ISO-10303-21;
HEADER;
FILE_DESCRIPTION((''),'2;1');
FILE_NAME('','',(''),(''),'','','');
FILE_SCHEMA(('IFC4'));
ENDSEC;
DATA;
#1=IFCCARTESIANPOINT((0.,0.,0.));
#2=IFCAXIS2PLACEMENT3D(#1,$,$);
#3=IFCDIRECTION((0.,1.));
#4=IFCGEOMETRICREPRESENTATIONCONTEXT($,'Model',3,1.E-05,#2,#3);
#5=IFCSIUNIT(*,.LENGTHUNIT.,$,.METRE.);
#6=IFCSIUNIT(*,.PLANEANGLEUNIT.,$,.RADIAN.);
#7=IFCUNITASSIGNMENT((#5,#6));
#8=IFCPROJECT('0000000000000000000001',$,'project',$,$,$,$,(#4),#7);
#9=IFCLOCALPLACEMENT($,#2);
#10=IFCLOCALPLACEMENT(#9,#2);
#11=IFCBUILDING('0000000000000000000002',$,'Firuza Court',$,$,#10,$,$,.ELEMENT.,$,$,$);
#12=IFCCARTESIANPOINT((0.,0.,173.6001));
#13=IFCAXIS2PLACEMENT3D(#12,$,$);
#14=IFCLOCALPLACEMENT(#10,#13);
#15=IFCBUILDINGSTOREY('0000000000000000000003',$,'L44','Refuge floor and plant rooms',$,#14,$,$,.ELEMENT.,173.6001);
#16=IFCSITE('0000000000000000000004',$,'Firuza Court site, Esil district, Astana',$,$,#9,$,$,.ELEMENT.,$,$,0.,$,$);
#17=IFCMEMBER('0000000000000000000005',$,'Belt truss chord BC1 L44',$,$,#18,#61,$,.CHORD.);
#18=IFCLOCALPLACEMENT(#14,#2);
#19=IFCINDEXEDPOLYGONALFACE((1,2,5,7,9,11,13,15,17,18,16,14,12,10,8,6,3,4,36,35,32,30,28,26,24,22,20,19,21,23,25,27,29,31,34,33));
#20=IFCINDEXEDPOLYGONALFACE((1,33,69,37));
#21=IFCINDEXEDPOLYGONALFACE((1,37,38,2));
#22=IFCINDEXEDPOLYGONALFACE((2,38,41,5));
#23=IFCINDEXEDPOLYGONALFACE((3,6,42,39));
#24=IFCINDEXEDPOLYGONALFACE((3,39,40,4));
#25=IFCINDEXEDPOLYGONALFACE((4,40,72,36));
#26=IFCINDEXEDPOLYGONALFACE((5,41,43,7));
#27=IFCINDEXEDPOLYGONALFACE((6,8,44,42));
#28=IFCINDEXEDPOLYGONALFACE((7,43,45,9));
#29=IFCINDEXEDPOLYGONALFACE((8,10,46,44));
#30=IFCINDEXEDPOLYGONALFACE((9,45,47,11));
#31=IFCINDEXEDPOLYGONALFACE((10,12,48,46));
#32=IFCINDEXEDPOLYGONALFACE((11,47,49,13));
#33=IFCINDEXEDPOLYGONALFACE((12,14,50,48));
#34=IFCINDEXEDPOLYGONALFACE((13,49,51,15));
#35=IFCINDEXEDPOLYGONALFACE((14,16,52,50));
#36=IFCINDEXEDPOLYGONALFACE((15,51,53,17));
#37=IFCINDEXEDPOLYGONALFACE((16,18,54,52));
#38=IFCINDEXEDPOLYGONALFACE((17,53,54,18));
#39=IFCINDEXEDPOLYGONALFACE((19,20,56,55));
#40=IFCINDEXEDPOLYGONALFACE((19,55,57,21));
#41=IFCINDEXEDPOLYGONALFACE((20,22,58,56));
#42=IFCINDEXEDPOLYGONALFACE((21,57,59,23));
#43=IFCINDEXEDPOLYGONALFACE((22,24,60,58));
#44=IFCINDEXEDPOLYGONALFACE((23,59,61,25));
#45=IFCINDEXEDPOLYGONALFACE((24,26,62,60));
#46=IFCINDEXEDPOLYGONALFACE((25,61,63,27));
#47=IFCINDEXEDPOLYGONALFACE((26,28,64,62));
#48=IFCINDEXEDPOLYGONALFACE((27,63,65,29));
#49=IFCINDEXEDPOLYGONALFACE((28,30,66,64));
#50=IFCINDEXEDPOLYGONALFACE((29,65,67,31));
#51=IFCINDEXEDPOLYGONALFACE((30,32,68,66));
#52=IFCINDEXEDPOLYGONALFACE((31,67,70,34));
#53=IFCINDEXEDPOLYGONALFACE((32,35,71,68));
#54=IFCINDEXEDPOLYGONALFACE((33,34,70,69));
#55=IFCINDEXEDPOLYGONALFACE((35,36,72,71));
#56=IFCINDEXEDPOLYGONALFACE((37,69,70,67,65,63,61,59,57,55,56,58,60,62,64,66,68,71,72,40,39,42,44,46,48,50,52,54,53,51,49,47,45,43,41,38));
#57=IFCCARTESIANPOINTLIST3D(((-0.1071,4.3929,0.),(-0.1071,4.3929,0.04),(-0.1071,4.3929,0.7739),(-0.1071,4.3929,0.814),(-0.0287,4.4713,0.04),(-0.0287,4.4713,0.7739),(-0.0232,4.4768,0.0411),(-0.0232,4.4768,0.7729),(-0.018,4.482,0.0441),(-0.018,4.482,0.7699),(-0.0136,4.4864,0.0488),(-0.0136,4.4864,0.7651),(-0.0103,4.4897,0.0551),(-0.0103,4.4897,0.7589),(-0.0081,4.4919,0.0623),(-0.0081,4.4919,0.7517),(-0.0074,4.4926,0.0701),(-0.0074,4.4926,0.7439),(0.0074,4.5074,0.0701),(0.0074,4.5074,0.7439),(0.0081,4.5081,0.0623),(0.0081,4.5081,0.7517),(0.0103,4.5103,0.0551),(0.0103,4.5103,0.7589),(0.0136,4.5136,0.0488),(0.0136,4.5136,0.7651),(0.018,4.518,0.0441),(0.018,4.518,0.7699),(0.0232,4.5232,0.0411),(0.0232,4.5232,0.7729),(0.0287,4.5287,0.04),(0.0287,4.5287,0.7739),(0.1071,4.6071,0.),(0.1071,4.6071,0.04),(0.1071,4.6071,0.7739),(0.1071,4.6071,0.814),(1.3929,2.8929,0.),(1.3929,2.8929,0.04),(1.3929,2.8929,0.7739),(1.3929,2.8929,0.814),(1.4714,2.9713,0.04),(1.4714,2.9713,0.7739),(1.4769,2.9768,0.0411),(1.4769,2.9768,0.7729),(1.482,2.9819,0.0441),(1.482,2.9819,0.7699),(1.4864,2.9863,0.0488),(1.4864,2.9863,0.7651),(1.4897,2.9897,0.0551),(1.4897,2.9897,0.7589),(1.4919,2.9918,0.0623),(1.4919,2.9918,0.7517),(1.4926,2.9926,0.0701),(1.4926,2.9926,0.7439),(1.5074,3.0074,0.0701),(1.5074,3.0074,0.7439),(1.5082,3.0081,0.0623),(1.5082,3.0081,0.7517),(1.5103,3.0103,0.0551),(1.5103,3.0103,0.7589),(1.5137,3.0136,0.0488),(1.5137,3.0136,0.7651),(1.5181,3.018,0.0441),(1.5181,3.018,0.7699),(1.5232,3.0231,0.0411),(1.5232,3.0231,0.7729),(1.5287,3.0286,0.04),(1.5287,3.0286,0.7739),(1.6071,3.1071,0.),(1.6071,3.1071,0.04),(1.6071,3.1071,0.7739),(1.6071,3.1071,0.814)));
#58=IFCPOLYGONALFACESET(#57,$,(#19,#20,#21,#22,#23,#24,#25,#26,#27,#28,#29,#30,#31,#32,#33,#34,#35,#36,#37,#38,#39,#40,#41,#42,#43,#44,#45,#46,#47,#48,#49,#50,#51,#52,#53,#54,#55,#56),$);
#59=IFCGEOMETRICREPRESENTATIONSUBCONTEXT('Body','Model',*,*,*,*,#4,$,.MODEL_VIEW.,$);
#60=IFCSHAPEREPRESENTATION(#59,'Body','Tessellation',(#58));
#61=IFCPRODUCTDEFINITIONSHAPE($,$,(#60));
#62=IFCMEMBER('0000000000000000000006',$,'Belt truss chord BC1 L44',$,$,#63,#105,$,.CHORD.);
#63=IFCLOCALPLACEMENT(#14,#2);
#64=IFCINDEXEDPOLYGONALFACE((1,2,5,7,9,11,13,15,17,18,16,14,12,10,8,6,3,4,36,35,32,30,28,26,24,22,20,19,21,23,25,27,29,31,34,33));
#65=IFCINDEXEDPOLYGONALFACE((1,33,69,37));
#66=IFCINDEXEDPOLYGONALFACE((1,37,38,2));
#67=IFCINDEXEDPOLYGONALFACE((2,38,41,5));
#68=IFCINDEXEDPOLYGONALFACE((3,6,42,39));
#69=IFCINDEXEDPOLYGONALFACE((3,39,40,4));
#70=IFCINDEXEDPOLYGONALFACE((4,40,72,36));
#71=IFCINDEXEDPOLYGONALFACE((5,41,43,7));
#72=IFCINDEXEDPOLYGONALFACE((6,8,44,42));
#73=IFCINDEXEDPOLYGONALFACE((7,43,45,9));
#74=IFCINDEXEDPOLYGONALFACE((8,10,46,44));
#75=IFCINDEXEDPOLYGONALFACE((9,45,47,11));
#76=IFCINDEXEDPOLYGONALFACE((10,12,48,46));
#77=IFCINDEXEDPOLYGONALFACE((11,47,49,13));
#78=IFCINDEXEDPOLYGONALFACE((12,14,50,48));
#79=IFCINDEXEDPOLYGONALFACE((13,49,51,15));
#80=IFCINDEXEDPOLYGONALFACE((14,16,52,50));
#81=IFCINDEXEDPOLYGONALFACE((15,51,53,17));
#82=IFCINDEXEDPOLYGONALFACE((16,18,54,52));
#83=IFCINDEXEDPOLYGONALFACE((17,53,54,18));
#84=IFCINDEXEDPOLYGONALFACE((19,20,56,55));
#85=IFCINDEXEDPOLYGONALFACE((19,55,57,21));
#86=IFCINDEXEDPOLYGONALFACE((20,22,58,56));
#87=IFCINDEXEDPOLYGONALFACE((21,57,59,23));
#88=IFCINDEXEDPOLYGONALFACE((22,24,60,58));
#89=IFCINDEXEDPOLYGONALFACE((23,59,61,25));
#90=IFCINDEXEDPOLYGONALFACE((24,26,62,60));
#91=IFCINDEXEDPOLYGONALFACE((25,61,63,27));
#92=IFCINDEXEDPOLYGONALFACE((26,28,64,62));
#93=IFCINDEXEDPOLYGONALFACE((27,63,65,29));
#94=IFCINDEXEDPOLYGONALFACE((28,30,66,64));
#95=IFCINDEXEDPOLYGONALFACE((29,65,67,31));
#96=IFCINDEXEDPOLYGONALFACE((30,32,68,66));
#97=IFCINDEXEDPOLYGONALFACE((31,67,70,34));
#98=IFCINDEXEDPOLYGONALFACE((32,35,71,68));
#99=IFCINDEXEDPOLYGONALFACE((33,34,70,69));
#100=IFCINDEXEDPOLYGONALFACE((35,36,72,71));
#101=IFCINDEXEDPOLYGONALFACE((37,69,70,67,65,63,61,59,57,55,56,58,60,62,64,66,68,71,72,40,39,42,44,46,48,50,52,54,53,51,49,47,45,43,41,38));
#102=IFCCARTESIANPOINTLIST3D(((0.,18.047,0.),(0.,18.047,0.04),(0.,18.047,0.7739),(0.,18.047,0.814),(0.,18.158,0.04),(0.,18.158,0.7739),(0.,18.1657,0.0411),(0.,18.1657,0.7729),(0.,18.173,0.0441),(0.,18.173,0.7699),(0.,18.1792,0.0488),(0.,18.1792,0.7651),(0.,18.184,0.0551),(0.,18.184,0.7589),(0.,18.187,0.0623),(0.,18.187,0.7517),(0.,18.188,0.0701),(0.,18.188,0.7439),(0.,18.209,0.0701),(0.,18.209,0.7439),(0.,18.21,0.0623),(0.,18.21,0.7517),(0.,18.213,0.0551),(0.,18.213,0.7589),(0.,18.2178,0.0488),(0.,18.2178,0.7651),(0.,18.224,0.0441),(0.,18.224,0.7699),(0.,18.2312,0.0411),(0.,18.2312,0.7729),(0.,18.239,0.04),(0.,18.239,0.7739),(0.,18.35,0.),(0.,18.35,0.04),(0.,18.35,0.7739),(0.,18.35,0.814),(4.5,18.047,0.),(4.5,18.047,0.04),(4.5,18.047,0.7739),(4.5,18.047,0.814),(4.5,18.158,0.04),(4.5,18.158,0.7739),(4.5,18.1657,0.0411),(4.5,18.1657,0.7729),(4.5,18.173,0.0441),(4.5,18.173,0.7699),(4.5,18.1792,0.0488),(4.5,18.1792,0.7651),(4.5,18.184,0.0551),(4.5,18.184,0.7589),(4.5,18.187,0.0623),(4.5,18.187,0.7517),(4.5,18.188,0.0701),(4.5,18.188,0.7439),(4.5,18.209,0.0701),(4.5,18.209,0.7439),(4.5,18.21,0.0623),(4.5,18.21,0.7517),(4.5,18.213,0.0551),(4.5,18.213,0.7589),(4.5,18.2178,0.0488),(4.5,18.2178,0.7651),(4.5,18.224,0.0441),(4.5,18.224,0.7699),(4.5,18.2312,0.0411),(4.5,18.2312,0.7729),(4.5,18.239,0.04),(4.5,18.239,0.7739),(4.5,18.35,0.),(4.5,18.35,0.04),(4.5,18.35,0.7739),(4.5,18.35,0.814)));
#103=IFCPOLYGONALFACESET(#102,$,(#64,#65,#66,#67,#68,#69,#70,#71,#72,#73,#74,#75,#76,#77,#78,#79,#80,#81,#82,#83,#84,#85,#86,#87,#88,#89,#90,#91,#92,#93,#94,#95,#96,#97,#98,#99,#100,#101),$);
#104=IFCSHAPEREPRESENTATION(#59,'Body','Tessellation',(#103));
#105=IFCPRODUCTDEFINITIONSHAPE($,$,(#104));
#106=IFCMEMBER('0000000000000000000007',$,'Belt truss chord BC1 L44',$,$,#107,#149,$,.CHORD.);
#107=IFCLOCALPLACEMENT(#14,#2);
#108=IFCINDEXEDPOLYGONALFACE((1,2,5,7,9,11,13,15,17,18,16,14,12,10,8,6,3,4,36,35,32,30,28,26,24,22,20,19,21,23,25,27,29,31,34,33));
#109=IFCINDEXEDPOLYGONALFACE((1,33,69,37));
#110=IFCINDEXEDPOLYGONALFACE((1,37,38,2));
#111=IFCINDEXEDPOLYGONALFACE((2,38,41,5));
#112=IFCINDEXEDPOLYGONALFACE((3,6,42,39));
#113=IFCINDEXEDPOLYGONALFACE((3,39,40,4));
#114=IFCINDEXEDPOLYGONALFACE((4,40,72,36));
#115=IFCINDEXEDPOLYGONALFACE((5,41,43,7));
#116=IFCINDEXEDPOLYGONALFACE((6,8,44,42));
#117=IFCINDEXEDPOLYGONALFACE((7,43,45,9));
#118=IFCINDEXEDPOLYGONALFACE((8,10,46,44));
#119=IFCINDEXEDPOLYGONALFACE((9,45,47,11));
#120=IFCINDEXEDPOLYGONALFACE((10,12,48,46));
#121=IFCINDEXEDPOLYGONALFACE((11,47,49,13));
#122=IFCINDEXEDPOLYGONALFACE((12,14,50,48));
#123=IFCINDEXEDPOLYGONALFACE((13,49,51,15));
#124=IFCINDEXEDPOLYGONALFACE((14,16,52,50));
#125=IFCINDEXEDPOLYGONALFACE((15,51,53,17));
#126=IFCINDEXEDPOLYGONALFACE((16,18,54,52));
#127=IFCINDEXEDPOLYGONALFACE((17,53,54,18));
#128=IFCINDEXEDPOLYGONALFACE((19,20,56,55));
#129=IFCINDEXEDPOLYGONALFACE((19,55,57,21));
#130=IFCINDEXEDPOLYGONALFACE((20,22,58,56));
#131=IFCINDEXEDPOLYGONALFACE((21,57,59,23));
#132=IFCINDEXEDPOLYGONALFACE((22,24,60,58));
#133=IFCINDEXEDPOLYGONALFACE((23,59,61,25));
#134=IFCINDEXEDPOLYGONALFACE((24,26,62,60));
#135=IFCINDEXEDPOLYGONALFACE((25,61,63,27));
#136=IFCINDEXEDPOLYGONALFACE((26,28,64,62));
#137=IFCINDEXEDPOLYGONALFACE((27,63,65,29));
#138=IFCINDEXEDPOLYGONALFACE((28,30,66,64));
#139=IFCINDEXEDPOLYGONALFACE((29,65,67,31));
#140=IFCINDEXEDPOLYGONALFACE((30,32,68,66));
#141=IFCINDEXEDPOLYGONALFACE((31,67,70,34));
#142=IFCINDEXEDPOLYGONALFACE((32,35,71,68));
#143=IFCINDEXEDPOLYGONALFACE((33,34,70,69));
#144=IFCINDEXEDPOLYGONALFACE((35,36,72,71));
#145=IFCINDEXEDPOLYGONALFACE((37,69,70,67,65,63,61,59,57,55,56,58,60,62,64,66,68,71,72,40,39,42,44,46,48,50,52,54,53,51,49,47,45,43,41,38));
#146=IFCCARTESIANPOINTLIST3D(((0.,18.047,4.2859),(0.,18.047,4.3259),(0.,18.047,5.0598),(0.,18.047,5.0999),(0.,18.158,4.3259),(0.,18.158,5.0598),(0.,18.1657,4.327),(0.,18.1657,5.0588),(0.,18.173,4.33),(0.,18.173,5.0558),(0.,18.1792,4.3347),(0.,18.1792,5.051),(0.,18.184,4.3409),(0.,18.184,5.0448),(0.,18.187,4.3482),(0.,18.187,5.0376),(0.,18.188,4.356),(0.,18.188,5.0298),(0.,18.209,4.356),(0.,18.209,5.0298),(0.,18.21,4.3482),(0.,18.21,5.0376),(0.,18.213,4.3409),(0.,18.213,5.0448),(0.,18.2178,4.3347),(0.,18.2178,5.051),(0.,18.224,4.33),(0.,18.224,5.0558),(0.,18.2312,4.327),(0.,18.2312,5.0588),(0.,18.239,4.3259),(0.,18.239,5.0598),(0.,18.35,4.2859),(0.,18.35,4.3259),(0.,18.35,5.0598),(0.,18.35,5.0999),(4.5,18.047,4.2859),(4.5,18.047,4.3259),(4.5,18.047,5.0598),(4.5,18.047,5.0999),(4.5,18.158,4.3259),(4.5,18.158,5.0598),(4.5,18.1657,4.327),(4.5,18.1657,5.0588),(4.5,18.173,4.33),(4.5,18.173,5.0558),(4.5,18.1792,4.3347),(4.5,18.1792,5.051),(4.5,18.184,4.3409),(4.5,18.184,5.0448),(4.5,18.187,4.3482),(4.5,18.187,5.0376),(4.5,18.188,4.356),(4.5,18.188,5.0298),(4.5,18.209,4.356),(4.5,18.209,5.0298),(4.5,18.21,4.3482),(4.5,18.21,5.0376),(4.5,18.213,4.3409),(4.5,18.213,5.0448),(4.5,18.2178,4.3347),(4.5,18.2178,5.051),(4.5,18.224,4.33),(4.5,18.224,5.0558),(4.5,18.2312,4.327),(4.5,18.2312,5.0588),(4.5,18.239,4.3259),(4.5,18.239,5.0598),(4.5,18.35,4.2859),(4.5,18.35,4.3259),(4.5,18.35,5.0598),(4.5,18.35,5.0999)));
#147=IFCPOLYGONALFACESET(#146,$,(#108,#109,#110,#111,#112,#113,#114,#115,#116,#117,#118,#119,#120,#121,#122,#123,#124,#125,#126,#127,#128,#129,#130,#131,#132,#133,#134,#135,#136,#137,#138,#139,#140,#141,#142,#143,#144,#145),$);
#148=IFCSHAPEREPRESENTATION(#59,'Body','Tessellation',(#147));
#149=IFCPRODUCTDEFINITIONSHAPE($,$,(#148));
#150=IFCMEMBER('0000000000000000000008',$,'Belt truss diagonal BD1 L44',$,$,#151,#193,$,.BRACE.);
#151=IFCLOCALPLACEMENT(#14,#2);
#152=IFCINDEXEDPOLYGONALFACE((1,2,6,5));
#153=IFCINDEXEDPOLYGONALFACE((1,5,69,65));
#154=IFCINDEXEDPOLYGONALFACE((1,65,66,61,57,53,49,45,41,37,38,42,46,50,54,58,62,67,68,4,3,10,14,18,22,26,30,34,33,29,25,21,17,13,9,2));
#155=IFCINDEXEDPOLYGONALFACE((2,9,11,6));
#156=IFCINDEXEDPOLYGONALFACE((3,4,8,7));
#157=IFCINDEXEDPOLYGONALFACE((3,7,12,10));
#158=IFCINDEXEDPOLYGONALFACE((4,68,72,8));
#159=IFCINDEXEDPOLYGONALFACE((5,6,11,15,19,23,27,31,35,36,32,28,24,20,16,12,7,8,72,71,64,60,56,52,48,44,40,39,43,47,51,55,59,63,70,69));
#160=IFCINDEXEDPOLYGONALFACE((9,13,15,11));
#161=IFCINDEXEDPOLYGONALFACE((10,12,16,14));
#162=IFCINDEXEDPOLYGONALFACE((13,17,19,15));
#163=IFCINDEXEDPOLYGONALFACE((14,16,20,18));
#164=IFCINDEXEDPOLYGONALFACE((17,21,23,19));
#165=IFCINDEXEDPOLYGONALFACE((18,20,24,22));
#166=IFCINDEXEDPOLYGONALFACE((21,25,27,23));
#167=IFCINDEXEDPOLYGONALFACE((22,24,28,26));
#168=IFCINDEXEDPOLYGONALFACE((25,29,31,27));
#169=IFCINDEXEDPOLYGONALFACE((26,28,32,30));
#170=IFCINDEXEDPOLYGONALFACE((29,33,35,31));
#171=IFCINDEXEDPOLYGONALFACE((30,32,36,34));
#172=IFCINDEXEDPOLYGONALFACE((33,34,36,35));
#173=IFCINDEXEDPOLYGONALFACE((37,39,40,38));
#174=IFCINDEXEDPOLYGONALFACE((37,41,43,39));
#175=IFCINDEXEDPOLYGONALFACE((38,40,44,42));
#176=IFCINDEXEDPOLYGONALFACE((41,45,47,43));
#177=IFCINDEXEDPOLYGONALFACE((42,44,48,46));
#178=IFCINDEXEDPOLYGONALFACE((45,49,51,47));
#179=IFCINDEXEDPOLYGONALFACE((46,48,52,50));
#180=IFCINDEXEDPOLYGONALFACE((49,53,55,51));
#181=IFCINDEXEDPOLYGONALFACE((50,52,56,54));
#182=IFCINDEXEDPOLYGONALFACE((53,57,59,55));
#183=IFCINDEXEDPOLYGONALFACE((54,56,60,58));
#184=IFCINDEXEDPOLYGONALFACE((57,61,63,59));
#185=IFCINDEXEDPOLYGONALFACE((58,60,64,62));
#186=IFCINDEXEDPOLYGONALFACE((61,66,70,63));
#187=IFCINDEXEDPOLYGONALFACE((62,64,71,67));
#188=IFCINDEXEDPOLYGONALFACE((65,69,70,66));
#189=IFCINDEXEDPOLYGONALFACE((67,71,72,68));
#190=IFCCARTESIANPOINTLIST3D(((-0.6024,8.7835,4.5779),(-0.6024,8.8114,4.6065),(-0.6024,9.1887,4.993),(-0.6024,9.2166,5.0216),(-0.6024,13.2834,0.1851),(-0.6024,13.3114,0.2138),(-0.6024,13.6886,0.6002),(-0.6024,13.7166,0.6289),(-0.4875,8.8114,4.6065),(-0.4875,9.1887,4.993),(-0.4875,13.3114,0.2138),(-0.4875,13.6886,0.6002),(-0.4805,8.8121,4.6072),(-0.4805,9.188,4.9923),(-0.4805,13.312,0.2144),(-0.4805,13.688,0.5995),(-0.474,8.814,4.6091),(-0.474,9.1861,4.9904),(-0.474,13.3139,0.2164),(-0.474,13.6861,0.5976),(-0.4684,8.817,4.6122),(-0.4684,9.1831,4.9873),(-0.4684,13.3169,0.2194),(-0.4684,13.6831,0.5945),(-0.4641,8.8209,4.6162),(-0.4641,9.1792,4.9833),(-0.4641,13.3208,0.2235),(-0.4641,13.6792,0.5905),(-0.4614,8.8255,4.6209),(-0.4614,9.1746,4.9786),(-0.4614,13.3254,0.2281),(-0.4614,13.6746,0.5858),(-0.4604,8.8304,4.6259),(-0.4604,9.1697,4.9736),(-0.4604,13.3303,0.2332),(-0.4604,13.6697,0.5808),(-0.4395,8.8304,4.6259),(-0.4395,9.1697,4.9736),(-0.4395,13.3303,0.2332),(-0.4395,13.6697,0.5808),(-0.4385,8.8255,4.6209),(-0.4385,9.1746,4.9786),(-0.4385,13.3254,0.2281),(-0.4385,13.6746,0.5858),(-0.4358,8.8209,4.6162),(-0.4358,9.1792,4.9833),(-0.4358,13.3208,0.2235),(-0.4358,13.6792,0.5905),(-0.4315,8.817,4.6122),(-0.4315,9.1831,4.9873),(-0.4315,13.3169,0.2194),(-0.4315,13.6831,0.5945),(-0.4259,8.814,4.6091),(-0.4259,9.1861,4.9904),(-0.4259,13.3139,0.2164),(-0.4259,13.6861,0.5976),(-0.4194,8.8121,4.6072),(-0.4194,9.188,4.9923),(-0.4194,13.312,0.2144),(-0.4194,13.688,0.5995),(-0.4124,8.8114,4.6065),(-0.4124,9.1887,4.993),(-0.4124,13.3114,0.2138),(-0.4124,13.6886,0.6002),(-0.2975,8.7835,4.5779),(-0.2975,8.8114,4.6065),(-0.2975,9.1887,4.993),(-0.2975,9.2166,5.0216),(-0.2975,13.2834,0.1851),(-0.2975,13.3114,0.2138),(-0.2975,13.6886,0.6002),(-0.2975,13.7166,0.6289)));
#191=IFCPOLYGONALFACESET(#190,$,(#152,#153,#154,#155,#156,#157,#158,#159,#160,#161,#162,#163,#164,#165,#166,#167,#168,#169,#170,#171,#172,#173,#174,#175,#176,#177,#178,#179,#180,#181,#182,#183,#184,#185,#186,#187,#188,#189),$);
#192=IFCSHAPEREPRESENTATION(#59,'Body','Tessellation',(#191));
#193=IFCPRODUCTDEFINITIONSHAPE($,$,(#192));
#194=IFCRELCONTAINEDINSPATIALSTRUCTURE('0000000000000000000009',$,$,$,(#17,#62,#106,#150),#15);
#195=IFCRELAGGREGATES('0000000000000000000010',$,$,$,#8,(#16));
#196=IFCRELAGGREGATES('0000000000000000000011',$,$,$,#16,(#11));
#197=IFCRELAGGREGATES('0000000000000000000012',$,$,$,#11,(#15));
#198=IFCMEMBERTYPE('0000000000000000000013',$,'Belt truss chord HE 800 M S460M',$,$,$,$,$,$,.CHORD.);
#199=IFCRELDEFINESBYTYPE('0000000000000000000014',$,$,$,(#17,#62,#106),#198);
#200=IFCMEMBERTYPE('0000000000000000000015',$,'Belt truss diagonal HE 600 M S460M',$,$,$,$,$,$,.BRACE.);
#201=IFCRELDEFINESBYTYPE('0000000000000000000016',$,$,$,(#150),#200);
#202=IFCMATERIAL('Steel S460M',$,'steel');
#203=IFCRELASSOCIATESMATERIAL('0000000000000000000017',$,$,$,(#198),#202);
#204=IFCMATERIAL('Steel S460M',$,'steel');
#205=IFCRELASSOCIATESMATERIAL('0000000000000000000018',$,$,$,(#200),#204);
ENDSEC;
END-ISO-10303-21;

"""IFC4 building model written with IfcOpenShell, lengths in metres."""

from ifc_helpers import new_model, si_unit, direction, frame, origin, origin_2d, place, context, subcontext, project, spatial, i_section, extrude, material, material_profile, profile_set, type_object, element, save


model = new_model("IFC4")

# Units and contexts
model_context = context("Model", 3, precision=1e-05, world=origin(), true_north=direction((0.0, 1.0)))
body_context = subcontext(model_context, "Body", "Model", "MODEL_VIEW")
ifc_project = project(units=[si_unit("LENGTHUNIT", "METRE"), si_unit("PLANEANGLEUNIT", "RADIAN")], contexts=[model_context])

# Site, building, storey
site_placement = place(None, origin())
site = spatial("IfcSite", under=ifc_project, at=site_placement, Name="Firuza Court site, Esil district, Astana", CompositionType="ELEMENT", RefElevation=0.0)
building_placement = place(site_placement, origin())
building = spatial("IfcBuilding", under=site, at=building_placement, Name="Firuza Court", CompositionType="ELEMENT")
storey_placement = place(building_placement, frame((0.0, 0.0, 173.6001)))
storey = spatial("IfcBuildingStorey", under=building, at=storey_placement, Name="L44", Description="Refuge floor and plant rooms", CompositionType="ELEMENT", Elevation=173.6001)

# Members
ifc_material_1 = material(Name="Steel S460M", Category="steel")
ifc_material_profile_1 = material_profile(ifc_material_1, i_section(OverallWidth=0.303, OverallDepth=0.814, WebThickness=0.021, FlangeThickness=0.04, FilletRadius=0.03, at=origin_2d()), Name="HE 800 M")
ifc_profile_set_1 = profile_set([ifc_material_profile_1], Name="Steel S460M")
member_type_1 = type_object("IfcMemberType", Name="Belt truss chord HE 800 M S460M", PredefinedType="CHORD", material=ifc_profile_set_1)
member_1_placement = place(storey_placement, frame((0.0, 4.5, 0.407), z_axis=(0.707107, -0.707107, 0.0), x_axis=(0.707107, 0.707107, 0.0)))
element("IfcMember", 1, at=member_1_placement, inside=storey, type_object=member_type_1, Name="Belt truss chord BC1 L44", PredefinedType="CHORD", context=body_context, shape_type="SweptSolid", body=[
    extrude(i_section(OverallWidth=0.303, OverallDepth=0.814, WebThickness=0.021, FlangeThickness=0.04, FilletRadius=0.03, at=origin_2d()), origin(), (0.0, 0.0, 1.0), 2.1213),
])
for number, where, z_axis, x_axis, name in (
    (2, (0.0, 18.1985, 0.407), (1.0, 0.0, 0.0), (0.0, 1.0, 0.0), "Belt truss chord BC1 L44"),
    (3, (0.0, 18.1985, 4.6929), (1.0, 0.0, 0.0), (0.0, 1.0, 0.0), "Belt truss chord BC1 L44"),
):
    element("IfcMember", number, at=place(storey_placement, frame(where, z_axis=z_axis, x_axis=x_axis)), inside=storey, type_object=member_type_1, Name=name, PredefinedType="CHORD", context=body_context, shape_type="SweptSolid", body=[
        extrude(i_section(OverallWidth=0.303, OverallDepth=0.814, WebThickness=0.021, FlangeThickness=0.04, FilletRadius=0.03, at=origin_2d()), origin(), (0.0, 0.0, 1.0), 4.5),
    ])
ifc_material_2 = material(Name="Steel S460M", Category="steel")
ifc_material_profile_2 = material_profile(ifc_material_2, i_section(OverallWidth=0.3049, OverallDepth=0.6201, WebThickness=0.021, FlangeThickness=0.04, FilletRadius=0.0271, at=origin_2d()), Name="HE 600 M")
ifc_profile_set_2 = profile_set([ifc_material_profile_2], Name="Steel S460M")
member_type_2 = type_object("IfcMemberType", Name="Belt truss diagonal HE 600 M S460M", PredefinedType="BRACE", material=ifc_profile_set_2)
member_2_placement = place(storey_placement, frame((-0.45, 13.5, 0.407), z_axis=(0.0, -0.715577, 0.698534), x_axis=(1.0, 0.0, 0.0)))
element("IfcMember", 4, at=member_2_placement, inside=storey, type_object=member_type_2, Name="Belt truss diagonal BD1 L44", PredefinedType="BRACE", context=body_context, shape_type="SweptSolid", body=[
    extrude(i_section(OverallWidth=0.3049, OverallDepth=0.6201, WebThickness=0.021, FlangeThickness=0.04, FilletRadius=0.0271, at=origin_2d()), origin(), (0.0, 0.0, 1.0), 6.2886),
])

save(model, "model.ifc")
